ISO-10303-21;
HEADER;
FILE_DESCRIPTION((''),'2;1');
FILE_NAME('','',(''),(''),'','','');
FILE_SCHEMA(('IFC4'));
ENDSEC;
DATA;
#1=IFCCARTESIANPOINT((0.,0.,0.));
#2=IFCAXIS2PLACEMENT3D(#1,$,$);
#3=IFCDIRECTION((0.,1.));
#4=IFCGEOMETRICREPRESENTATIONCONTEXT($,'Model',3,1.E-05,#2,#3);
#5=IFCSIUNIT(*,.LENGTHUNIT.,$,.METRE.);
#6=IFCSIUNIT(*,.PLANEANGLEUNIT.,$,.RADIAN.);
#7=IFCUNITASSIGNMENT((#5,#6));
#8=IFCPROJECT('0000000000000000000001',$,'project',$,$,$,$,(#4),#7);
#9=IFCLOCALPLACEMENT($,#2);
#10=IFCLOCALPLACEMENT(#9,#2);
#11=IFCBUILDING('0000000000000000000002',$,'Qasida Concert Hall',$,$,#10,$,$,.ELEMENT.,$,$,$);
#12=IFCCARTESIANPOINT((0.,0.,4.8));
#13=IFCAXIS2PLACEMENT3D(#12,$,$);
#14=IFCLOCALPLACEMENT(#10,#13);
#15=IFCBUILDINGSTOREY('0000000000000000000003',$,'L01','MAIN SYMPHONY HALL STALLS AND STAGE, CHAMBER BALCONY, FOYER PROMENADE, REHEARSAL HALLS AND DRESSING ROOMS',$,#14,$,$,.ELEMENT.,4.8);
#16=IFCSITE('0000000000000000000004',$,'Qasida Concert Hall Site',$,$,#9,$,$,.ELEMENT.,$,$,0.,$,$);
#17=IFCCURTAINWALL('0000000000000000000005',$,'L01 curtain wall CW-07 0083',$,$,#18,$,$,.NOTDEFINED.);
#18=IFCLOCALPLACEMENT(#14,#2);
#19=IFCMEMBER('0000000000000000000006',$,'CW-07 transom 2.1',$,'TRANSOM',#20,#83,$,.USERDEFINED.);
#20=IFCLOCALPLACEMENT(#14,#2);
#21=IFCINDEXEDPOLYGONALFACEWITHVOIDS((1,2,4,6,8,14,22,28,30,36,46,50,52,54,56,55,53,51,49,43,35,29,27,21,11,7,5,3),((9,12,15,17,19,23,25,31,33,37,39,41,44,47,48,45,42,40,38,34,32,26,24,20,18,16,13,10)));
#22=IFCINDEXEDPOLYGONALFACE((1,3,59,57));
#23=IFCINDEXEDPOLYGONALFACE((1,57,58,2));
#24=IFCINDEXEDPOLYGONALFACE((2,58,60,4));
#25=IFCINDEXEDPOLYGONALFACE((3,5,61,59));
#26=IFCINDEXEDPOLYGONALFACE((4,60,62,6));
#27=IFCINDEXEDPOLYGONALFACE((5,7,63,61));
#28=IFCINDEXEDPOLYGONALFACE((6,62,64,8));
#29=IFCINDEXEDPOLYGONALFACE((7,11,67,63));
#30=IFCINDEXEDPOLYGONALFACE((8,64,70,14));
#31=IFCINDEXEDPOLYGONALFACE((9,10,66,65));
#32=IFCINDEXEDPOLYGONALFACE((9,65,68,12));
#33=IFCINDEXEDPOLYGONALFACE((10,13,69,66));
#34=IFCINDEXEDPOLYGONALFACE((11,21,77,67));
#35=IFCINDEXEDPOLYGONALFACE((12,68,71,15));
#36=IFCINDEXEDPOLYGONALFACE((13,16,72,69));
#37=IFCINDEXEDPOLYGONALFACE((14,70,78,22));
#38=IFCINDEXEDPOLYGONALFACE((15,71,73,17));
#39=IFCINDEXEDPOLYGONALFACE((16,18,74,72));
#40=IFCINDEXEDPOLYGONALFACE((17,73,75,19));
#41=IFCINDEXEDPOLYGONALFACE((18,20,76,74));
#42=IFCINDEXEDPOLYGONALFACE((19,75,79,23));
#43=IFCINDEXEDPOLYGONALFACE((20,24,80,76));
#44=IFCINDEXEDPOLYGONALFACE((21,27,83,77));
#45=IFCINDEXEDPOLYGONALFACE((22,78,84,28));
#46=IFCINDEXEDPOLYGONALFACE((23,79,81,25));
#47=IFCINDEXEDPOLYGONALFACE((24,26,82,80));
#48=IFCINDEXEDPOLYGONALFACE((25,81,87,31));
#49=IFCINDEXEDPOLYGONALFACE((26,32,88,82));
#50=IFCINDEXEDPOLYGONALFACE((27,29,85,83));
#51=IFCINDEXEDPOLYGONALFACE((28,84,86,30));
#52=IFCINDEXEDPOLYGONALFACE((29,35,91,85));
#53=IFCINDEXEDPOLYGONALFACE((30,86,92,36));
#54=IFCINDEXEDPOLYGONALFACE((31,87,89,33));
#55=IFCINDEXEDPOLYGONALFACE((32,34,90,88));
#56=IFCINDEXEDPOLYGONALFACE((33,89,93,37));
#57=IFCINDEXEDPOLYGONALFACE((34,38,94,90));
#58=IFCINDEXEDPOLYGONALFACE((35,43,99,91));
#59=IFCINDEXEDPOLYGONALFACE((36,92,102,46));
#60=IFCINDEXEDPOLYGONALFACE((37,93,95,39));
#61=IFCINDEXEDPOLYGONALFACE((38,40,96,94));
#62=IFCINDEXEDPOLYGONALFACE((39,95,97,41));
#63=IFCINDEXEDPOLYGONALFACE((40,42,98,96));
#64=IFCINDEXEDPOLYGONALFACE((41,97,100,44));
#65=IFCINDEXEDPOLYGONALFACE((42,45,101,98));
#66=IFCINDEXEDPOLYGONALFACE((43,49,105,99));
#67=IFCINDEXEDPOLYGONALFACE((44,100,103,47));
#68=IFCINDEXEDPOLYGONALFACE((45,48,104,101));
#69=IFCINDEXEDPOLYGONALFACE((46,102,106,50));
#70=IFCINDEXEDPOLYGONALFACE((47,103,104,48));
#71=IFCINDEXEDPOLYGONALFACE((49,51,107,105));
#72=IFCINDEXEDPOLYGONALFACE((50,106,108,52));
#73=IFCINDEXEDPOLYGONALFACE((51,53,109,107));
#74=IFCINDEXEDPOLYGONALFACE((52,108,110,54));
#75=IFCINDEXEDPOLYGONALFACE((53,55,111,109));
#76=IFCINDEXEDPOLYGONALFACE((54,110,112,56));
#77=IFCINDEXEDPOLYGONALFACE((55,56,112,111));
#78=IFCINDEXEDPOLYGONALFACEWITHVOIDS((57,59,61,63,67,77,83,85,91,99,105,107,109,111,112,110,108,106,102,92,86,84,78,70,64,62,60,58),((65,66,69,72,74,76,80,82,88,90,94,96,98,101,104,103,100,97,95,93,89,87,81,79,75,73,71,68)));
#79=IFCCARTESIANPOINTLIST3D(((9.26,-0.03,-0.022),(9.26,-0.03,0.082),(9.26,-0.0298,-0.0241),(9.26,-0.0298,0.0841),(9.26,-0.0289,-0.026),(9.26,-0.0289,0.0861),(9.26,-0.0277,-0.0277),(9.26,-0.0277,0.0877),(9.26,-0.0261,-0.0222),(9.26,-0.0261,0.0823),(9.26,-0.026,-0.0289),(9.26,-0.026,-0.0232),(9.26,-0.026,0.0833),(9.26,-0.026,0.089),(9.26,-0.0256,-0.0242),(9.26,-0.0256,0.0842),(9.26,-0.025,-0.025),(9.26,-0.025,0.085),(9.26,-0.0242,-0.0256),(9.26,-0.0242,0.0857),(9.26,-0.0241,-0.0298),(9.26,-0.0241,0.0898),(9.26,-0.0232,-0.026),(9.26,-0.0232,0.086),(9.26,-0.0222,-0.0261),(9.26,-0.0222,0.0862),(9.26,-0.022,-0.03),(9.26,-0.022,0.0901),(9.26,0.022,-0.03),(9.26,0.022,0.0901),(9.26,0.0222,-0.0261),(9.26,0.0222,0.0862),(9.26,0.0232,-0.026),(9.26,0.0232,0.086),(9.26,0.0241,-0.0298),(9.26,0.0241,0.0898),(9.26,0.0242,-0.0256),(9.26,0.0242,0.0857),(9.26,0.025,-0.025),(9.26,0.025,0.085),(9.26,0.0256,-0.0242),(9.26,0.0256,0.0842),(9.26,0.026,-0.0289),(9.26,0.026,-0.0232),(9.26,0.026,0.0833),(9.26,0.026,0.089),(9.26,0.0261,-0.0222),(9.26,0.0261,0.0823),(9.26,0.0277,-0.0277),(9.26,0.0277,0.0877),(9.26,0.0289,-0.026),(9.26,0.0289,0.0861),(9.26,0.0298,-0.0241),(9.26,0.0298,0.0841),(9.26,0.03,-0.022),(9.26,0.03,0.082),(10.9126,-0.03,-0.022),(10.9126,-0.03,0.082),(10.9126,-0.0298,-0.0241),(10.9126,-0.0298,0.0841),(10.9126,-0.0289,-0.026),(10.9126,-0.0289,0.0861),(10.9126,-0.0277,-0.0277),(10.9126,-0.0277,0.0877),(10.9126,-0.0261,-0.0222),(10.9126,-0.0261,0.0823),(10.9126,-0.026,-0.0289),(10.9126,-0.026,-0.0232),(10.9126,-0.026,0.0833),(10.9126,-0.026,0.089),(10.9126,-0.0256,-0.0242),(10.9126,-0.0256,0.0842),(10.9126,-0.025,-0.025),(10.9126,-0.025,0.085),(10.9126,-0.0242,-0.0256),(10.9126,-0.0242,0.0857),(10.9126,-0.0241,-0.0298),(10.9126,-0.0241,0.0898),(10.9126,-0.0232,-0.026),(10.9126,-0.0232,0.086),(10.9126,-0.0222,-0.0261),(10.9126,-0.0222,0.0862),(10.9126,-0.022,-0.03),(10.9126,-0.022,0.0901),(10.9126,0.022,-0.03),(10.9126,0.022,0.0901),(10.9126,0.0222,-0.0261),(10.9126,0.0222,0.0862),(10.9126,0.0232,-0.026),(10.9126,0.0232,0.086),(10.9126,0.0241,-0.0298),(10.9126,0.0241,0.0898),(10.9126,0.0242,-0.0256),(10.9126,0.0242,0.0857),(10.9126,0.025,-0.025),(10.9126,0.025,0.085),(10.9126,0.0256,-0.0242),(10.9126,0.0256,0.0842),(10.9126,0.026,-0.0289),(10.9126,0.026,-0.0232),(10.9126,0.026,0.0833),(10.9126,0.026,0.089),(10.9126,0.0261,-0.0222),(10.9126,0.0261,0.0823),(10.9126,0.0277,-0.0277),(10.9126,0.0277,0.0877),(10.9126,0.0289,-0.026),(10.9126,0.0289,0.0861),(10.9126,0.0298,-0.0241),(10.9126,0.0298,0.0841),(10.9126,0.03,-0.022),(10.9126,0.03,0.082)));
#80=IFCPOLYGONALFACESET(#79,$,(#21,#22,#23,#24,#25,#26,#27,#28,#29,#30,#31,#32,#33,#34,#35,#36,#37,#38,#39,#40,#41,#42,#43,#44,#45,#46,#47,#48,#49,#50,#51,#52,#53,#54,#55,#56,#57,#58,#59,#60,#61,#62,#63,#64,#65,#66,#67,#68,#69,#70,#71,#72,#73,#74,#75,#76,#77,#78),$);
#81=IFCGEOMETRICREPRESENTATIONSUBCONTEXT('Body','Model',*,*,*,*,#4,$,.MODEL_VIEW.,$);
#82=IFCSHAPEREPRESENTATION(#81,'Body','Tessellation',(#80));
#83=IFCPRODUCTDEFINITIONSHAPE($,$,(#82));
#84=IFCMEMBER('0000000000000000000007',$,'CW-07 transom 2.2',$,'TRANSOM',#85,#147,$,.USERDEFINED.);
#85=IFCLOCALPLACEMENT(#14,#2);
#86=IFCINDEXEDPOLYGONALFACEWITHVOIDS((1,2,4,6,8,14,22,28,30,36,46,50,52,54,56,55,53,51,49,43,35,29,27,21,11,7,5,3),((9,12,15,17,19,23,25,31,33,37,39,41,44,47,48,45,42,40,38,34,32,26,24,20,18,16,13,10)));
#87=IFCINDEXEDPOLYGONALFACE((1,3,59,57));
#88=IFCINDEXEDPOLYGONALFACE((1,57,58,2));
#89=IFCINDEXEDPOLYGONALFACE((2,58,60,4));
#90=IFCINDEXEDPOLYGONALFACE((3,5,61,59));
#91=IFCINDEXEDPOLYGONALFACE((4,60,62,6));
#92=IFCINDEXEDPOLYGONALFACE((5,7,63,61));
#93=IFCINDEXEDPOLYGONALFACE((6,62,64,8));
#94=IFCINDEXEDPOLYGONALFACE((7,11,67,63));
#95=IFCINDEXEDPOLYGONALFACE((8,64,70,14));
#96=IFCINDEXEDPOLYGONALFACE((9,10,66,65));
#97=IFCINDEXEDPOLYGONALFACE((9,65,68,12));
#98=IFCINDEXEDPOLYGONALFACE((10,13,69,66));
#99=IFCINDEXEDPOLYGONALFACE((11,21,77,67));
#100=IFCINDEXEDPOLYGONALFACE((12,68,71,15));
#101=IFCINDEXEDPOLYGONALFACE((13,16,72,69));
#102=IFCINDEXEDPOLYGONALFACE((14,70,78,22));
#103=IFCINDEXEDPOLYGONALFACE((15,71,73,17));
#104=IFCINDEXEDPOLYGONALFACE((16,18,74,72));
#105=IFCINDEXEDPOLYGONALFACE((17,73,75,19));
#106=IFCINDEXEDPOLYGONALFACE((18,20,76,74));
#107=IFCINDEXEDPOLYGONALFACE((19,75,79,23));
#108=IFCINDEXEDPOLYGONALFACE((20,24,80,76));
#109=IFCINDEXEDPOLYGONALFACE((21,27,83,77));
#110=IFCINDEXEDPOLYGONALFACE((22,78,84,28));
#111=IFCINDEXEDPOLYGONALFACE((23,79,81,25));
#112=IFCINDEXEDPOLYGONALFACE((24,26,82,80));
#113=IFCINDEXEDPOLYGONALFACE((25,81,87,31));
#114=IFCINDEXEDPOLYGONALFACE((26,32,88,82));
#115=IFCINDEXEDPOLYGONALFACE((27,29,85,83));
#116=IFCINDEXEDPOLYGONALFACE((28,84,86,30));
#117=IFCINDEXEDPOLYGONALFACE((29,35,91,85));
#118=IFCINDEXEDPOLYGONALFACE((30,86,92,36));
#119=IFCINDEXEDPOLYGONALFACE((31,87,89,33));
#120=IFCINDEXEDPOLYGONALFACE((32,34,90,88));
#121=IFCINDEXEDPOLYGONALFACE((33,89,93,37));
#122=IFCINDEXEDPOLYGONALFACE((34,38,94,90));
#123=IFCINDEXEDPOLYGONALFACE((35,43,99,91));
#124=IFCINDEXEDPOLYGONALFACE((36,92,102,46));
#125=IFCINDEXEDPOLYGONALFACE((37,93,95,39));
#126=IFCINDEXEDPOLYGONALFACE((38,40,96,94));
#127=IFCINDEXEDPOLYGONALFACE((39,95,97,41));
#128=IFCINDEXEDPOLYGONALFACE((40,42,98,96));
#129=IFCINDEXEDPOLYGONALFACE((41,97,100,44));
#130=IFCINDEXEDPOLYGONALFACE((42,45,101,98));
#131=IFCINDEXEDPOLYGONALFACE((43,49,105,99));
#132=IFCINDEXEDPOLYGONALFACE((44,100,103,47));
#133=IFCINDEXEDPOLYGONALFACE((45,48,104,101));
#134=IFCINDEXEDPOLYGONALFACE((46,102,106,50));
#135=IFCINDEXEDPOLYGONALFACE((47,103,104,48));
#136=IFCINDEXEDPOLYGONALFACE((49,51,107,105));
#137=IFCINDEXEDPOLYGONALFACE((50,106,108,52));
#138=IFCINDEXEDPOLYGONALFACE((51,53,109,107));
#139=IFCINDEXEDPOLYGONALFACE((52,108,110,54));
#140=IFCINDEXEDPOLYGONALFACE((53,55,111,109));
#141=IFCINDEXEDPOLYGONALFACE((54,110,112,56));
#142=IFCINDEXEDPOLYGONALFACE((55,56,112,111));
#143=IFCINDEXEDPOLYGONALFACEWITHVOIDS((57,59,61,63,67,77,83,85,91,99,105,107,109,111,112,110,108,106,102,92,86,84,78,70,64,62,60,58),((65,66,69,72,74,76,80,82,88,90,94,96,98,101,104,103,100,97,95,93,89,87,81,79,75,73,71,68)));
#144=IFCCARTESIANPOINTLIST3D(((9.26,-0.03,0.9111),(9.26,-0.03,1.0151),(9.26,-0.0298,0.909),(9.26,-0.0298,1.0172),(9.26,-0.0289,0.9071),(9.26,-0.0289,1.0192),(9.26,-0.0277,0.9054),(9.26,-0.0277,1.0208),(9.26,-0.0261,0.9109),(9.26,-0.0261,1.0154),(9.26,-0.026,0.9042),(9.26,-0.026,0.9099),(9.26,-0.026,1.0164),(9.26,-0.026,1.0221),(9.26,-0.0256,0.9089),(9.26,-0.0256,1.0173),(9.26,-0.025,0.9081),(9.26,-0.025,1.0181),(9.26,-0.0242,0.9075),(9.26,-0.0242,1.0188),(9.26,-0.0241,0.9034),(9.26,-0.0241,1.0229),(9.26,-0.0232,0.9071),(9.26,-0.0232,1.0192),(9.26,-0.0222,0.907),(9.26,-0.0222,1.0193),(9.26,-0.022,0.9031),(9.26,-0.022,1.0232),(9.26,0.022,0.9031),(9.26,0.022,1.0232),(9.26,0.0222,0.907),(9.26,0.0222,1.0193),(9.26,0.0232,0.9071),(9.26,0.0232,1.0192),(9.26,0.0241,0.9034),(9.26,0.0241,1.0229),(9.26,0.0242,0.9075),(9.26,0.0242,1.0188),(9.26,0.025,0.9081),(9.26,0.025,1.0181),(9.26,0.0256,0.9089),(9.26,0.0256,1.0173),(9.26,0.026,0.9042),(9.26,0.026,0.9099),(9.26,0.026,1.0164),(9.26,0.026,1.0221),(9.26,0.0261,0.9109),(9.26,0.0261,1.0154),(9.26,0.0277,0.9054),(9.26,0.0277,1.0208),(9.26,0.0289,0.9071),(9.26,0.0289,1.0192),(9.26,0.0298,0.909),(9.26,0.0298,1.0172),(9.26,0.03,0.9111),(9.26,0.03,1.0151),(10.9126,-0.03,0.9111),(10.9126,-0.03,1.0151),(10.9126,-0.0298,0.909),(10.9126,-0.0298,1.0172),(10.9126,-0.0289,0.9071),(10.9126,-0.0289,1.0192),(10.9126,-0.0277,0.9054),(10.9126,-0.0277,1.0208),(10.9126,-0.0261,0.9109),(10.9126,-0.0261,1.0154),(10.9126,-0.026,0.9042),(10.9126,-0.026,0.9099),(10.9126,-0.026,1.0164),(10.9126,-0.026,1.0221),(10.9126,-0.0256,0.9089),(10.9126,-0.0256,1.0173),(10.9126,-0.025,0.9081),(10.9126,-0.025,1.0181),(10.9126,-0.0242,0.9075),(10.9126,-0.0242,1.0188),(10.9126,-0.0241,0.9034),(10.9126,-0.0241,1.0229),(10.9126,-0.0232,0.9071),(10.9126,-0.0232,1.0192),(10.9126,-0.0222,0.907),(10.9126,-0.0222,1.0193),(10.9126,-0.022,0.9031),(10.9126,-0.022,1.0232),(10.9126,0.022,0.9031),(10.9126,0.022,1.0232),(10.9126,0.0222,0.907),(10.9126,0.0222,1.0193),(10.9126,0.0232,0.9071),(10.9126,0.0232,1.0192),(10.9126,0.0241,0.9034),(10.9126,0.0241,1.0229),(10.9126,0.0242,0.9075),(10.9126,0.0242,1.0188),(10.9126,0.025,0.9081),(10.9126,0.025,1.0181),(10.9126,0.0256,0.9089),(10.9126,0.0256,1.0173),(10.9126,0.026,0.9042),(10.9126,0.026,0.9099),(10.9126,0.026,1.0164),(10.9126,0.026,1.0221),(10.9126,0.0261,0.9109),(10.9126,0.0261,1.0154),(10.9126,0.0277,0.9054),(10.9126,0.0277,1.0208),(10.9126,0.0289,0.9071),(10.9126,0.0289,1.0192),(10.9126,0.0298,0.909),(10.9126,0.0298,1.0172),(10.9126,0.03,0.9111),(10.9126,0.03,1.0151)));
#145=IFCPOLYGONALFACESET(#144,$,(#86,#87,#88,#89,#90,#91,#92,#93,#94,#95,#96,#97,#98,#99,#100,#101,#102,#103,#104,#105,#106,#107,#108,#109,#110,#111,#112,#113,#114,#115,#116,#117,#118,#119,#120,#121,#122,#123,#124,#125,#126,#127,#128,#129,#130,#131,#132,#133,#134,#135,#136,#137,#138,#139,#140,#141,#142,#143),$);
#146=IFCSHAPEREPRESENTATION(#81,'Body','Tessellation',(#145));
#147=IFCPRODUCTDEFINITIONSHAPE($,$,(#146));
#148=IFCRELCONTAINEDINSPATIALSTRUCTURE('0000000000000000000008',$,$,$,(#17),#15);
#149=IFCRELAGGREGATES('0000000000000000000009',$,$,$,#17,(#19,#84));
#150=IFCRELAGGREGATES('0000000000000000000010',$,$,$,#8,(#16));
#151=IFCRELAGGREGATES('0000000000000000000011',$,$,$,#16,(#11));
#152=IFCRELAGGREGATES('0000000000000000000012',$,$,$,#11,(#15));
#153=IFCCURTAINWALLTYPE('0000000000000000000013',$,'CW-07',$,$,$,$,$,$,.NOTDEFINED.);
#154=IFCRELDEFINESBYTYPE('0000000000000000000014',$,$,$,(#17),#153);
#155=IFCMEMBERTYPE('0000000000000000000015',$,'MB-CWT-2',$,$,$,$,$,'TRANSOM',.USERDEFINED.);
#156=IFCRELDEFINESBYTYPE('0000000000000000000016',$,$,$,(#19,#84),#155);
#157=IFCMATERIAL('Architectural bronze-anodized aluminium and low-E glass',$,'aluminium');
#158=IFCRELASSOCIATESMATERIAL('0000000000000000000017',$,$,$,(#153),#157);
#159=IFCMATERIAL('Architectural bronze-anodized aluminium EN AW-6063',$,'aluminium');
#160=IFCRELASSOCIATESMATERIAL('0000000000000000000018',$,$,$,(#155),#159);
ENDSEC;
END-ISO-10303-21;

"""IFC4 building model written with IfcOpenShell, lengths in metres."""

from ifc_helpers import new_model, si_unit, direction, frame, origin, origin_2d, place, context, subcontext, project, spatial, hollow_rectangle, extrude, material, material_profile, profile_set, type_object, element, aggregate, save


model = new_model("IFC4")

# Units and contexts
model_context = context("Model", 3, precision=1e-05, world=origin(), true_north=direction((0.0, 1.0)))
body_context = subcontext(model_context, "Body", "Model", "MODEL_VIEW")
ifc_project = project(units=[si_unit("LENGTHUNIT", "METRE"), si_unit("PLANEANGLEUNIT", "RADIAN")], contexts=[model_context])

# Site, building, storey
site_placement = place(None, origin())
site = spatial("IfcSite", under=ifc_project, at=site_placement, Name="Qasida Concert Hall Site", CompositionType="ELEMENT", RefElevation=0.0)
building_placement = place(site_placement, origin())
building = spatial("IfcBuilding", under=site, at=building_placement, Name="Qasida Concert Hall", CompositionType="ELEMENT")
storey_placement = place(building_placement, frame((0.0, 0.0, 4.8)))
storey = spatial("IfcBuildingStorey", under=building, at=storey_placement, Name="L01", Description="MAIN SYMPHONY HALL STALLS AND STAGE, CHAMBER BALCONY, FOYER PROMENADE, REHEARSAL HALLS AND DRESSING ROOMS", CompositionType="ELEMENT", Elevation=4.8)

# Shared definitions
ifc_material_1 = material(Name="Architectural bronze-anodized aluminium and low-E glass", Category="aluminium")
curtain_wall_type = type_object("IfcCurtainWallType", Name="CW-07", PredefinedType="NOTDEFINED", material=ifc_material_1)
ifc_material_2 = material(Name="Architectural bronze-anodized aluminium EN AW-6063", Category="aluminium")

# Curtain wall, members
curtain_wall_1_placement = place(storey_placement, origin())
curtain_wall_1 = element("IfcCurtainWall", 1, at=curtain_wall_1_placement, inside=storey, type_object=curtain_wall_type, Name="L01 curtain wall CW-07 0083", PredefinedType="NOTDEFINED")
ifc_material_profile_1 = material_profile(ifc_material_2, hollow_rectangle(XDim=0.0601, YDim=0.1201, WallThickness=0.0039, InnerFilletRadius=0.0039, OuterFilletRadius=0.0081, at=origin_2d()), Name="CWT 120x60x4")
ifc_profile_set_1 = profile_set([ifc_material_profile_1], Name="Architectural bronze-anodized aluminium EN AW-6063")
member_type_1 = type_object("IfcMemberType", Name="MB-CWT-2", ElementType="TRANSOM", PredefinedType="USERDEFINED", material=ifc_profile_set_1)
member_1_placement = place(storey_placement, frame((9.26, 0.0, 0.03), z_axis=(1.0, 0.0, 0.0), x_axis=(0.0, 1.0, 0.0)))
member_1 = element("IfcMember", 2, at=member_1_placement, type_object=member_type_1, Name="CW-07 transom 2.1", ObjectType="TRANSOM", PredefinedType="USERDEFINED", context=body_context, shape_type="SweptSolid", body=[
    extrude(hollow_rectangle(XDim=0.0601, YDim=0.1201, WallThickness=0.0039, InnerFilletRadius=0.0039, OuterFilletRadius=0.0081, at=origin_2d()), origin(), (0.0, 0.0, 1.0), 1.6526),
])
member_2_placement = place(storey_placement, frame((9.26, 0.0, 0.9631), z_axis=(1.0, 0.0, 0.0), x_axis=(0.0, 1.0, 0.0)))
member_2 = element("IfcMember", 3, at=member_2_placement, type_object=member_type_1, Name="CW-07 transom 2.2", ObjectType="TRANSOM", PredefinedType="USERDEFINED", context=body_context, shape_type="SweptSolid", body=[
    extrude(hollow_rectangle(XDim=0.0601, YDim=0.1201, WallThickness=0.0039, InnerFilletRadius=0.0039, OuterFilletRadius=0.0081, at=origin_2d()), origin(), (0.0, 0.0, 1.0), 1.6526),
])

aggregate(curtain_wall_1, [member_1, member_2])

save(model, "model.ifc")
